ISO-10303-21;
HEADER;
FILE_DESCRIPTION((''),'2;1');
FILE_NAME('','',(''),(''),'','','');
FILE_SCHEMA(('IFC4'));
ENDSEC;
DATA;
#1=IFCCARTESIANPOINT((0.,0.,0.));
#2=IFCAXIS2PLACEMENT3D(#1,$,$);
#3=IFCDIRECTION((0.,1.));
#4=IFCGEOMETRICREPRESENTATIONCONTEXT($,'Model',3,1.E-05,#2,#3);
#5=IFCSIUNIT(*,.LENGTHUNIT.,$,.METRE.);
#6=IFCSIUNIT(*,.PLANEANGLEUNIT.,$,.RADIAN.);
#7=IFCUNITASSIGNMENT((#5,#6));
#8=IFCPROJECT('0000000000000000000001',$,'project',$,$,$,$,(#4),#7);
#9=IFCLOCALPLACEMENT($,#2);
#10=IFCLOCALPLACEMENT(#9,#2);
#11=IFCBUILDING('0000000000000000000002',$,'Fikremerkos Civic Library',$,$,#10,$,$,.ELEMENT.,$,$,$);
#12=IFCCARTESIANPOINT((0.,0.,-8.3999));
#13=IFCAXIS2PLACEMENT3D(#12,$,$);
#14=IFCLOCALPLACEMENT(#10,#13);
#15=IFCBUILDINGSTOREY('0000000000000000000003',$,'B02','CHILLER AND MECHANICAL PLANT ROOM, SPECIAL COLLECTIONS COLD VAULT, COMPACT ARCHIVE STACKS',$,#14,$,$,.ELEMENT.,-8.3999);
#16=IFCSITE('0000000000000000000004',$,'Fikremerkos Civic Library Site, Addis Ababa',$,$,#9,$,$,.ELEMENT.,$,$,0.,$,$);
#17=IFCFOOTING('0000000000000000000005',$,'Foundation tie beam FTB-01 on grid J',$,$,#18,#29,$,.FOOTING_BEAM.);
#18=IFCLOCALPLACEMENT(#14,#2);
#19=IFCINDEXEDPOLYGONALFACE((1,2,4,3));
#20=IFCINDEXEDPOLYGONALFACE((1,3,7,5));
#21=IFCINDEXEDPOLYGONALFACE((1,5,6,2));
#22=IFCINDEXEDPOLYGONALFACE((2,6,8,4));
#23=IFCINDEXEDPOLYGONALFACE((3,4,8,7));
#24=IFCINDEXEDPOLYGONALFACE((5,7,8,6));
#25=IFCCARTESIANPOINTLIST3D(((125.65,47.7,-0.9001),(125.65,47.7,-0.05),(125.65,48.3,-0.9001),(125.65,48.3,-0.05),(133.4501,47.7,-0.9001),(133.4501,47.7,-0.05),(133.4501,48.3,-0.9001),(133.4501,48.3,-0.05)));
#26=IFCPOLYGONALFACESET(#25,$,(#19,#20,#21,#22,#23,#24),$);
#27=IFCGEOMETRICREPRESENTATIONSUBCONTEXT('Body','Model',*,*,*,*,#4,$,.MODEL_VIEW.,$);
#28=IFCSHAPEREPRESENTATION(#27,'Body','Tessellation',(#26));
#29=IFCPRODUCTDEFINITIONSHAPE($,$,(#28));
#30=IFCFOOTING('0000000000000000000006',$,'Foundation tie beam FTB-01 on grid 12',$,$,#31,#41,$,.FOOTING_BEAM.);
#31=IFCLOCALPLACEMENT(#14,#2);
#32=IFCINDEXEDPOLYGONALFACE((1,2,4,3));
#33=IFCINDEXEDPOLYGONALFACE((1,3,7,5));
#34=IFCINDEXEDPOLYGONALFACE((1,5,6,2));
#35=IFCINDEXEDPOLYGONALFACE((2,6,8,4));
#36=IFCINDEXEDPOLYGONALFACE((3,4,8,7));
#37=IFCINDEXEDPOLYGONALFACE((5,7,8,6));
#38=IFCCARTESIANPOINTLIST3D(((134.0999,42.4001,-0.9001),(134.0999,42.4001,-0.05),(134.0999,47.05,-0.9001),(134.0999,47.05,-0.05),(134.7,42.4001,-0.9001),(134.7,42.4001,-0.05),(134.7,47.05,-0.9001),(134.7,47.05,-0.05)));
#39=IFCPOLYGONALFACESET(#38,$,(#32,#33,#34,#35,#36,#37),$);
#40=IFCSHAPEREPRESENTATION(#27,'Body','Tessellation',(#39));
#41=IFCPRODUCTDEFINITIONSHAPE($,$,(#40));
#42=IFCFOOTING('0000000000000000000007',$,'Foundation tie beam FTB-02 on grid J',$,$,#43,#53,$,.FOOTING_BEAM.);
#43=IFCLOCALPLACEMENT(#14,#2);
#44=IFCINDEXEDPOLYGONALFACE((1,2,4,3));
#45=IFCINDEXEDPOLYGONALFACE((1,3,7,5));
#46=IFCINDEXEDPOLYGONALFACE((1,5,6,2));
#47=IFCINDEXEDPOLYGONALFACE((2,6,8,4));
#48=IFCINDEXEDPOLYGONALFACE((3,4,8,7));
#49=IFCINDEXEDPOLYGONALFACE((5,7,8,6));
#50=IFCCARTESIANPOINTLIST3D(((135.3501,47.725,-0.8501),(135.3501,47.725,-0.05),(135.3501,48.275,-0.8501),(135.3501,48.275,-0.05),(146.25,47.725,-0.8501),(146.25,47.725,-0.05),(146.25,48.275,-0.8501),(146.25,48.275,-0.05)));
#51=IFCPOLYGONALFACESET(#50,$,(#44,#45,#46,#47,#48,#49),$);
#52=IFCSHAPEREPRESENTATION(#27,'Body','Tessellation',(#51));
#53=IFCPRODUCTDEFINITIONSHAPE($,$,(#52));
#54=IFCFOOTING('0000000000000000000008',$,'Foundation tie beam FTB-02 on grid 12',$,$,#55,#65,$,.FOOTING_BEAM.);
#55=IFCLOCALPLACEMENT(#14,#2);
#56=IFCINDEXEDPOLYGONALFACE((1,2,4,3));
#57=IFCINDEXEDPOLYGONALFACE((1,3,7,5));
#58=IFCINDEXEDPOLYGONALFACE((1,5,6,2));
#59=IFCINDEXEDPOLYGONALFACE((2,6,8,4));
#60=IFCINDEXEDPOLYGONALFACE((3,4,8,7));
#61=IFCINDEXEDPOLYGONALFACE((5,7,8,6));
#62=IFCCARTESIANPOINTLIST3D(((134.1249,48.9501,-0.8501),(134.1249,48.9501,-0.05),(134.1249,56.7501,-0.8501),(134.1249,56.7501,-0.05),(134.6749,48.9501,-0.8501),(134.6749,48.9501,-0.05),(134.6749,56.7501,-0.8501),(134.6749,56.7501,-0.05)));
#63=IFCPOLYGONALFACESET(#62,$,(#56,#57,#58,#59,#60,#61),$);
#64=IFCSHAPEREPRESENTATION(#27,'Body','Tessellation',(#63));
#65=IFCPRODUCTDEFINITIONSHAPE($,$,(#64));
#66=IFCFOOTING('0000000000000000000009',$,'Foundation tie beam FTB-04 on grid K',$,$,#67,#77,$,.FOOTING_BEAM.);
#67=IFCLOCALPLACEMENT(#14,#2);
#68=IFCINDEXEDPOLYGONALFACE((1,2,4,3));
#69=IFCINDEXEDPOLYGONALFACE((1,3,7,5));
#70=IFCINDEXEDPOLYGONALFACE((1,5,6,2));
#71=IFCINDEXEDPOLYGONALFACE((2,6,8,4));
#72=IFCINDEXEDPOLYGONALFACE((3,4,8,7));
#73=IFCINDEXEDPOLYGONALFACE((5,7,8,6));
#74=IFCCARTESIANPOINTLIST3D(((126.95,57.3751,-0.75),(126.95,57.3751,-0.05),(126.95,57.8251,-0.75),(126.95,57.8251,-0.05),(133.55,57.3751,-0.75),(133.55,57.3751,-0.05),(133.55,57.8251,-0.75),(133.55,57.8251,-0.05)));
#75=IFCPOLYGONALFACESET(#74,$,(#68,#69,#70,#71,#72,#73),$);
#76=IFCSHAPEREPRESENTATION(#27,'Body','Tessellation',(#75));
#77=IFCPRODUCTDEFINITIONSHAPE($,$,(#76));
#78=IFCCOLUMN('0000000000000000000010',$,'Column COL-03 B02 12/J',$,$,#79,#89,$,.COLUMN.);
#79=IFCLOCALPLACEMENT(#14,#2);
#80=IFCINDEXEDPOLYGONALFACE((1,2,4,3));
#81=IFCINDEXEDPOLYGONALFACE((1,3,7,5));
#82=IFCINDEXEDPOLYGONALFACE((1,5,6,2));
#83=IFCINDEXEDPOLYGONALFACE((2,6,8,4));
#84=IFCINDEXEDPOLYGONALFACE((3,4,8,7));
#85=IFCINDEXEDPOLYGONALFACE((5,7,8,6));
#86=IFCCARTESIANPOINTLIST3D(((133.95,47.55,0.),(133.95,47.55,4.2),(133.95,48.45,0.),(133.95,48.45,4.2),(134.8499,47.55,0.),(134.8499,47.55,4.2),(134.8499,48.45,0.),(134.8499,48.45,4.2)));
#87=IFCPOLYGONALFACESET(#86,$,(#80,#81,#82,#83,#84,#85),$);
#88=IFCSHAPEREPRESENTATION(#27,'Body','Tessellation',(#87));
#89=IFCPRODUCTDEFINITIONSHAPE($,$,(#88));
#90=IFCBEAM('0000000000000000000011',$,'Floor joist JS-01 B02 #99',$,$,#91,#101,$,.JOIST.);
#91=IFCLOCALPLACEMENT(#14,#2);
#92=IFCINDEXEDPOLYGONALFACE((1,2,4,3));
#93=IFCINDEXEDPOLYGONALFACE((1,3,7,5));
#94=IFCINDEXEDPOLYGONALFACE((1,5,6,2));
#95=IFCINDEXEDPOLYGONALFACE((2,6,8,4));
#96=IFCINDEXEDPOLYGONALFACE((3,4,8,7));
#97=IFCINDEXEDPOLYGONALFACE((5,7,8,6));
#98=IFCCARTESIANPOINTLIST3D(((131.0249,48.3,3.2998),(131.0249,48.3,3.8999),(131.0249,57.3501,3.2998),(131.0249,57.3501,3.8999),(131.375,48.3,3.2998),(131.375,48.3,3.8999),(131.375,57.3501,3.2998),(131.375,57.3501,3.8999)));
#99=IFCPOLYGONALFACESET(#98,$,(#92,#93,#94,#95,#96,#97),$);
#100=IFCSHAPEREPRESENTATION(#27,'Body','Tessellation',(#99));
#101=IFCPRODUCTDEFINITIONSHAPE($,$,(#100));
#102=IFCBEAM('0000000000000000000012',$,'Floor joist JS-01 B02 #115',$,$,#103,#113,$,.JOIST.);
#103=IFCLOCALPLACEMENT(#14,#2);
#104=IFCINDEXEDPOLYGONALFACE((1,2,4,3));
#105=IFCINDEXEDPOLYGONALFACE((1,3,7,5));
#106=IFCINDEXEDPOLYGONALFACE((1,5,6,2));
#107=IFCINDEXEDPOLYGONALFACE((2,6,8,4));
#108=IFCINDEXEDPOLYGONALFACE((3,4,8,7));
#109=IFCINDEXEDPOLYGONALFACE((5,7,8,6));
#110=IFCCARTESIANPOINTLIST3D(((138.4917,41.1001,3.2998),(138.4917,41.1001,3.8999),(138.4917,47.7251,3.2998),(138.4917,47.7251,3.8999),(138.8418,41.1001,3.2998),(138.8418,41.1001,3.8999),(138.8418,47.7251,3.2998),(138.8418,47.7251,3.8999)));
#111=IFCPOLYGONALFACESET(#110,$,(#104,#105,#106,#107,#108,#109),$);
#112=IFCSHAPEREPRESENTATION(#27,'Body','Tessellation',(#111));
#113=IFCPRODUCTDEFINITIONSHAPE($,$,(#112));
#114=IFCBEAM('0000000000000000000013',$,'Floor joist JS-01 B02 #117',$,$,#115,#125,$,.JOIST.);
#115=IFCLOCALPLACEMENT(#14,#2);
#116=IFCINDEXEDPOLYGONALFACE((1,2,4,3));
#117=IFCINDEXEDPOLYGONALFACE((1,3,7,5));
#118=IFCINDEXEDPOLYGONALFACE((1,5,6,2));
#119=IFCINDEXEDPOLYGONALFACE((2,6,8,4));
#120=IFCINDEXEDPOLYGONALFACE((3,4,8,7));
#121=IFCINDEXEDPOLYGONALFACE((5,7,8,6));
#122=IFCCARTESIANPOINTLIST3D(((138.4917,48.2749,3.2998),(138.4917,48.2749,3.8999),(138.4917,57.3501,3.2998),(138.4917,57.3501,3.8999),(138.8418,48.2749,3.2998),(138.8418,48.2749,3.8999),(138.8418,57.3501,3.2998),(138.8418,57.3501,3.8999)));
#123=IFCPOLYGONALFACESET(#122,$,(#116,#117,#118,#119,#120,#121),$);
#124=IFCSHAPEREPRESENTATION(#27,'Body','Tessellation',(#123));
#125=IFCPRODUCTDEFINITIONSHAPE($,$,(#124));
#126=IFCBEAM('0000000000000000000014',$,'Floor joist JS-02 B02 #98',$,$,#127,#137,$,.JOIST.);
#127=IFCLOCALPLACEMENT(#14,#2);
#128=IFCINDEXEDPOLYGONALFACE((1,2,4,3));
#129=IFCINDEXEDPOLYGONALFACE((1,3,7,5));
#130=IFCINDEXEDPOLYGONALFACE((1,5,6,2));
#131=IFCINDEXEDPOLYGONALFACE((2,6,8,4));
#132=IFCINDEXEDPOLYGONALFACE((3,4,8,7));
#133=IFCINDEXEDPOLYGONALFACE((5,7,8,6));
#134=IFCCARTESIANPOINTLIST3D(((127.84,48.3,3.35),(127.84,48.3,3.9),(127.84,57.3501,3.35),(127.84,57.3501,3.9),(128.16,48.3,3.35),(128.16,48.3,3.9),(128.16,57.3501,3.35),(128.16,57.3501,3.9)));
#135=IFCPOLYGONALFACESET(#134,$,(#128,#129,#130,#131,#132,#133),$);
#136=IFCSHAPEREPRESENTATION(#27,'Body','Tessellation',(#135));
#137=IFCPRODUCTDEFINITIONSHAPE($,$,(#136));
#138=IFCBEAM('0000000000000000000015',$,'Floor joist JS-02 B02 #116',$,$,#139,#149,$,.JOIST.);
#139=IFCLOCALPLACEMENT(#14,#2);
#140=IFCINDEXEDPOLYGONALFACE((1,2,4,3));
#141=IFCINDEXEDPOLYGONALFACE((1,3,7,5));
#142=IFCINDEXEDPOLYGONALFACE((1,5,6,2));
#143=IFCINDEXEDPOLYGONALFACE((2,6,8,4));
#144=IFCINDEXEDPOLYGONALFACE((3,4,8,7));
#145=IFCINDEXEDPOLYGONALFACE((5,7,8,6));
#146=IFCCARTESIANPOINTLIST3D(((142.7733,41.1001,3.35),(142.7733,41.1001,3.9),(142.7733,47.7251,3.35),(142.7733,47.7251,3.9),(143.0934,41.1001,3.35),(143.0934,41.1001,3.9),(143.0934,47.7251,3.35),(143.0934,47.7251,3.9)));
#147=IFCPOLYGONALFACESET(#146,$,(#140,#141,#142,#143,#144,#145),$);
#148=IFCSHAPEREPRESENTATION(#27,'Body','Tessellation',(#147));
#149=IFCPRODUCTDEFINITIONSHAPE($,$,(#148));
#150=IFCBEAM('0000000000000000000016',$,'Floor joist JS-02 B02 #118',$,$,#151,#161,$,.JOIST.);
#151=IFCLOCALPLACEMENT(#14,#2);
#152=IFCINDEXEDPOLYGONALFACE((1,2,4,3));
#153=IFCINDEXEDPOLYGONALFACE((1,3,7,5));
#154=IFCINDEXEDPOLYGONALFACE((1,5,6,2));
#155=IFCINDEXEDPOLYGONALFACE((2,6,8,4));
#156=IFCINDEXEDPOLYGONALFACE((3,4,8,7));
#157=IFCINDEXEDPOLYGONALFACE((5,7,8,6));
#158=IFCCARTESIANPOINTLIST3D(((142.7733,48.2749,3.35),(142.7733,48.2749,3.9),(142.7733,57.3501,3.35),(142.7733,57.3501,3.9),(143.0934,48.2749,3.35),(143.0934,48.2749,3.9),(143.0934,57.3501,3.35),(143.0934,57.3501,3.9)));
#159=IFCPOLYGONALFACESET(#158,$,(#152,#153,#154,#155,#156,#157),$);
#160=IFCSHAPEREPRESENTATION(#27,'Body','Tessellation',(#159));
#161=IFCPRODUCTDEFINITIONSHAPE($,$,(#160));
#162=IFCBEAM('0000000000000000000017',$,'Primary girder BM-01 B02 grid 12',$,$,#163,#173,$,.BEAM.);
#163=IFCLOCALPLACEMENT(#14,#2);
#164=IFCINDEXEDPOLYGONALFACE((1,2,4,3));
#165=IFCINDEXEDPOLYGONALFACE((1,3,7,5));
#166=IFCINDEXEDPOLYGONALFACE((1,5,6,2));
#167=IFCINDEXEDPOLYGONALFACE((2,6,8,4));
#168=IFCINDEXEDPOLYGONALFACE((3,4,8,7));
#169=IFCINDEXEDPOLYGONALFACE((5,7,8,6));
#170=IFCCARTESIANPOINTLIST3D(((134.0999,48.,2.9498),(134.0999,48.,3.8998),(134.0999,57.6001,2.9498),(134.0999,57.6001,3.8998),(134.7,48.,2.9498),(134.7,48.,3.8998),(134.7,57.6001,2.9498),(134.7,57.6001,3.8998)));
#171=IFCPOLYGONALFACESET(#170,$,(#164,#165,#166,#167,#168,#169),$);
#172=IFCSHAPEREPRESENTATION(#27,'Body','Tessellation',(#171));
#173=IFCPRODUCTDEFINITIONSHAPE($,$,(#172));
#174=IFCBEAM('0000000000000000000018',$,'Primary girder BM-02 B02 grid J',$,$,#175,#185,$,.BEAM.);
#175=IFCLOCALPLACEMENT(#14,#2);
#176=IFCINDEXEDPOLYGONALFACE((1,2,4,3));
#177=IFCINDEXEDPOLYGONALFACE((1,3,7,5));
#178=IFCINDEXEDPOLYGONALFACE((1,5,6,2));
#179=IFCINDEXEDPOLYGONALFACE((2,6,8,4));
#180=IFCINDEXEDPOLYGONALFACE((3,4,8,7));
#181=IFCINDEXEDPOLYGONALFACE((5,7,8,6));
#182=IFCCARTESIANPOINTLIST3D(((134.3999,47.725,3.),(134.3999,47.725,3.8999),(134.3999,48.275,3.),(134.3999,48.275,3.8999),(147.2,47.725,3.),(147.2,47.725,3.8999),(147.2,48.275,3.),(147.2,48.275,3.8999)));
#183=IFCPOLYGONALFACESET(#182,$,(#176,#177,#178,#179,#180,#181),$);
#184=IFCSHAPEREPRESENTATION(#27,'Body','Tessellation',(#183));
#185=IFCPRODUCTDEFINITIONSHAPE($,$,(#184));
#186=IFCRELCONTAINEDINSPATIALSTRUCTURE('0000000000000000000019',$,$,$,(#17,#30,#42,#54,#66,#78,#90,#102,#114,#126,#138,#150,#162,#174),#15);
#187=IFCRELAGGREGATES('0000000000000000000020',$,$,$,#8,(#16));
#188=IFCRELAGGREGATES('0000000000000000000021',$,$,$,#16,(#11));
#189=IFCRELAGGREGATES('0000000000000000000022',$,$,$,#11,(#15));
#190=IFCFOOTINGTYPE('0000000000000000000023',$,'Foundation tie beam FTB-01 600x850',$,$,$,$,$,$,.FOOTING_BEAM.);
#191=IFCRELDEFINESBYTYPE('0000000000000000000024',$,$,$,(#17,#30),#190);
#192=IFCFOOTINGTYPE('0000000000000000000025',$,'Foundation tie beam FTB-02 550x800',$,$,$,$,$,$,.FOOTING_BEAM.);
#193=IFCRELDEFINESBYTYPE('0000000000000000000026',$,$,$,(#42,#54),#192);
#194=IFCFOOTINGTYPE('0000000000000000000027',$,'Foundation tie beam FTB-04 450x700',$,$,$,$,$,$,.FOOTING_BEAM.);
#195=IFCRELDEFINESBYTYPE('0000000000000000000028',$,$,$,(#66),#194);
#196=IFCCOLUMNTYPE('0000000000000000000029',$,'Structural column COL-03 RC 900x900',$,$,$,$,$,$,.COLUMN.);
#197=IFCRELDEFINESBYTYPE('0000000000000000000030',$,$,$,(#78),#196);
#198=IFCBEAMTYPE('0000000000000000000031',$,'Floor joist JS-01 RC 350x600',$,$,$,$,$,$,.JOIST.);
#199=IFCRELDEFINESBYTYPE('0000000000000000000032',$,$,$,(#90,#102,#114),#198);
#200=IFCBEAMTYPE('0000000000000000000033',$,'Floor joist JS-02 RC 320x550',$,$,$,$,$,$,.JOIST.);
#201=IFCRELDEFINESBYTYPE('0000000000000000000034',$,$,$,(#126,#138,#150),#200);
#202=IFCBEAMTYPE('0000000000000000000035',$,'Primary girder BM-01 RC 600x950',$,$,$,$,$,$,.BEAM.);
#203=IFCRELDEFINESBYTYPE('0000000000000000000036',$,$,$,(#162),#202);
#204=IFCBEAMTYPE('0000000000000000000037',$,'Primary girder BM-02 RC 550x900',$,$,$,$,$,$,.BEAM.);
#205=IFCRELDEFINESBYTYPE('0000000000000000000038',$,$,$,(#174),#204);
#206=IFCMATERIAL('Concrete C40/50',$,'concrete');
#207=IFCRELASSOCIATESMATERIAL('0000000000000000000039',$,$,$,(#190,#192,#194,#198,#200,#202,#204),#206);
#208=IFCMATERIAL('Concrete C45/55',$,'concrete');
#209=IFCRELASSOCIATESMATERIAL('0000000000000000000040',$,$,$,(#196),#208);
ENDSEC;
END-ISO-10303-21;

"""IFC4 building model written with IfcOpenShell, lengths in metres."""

from ifc_helpers import new_model, si_unit, direction, frame, origin, origin_2d, place, context, subcontext, project, spatial, rectangle, extrude, material, material_profile, profile_set, type_object, element, save


model = new_model("IFC4")

# Units and contexts
model_context = context("Model", 3, precision=1e-05, world=origin(), true_north=direction((0.0, 1.0)))
body_context = subcontext(model_context, "Body", "Model", "MODEL_VIEW")
ifc_project = project(units=[si_unit("LENGTHUNIT", "METRE"), si_unit("PLANEANGLEUNIT", "RADIAN")], contexts=[model_context])

# Site, building, storey
site_placement = place(None, origin())
site = spatial("IfcSite", under=ifc_project, at=site_placement, Name="Fikremerkos Civic Library Site, Addis Ababa", CompositionType="ELEMENT", RefElevation=0.0)
building_placement = place(site_placement, origin())
building = spatial("IfcBuilding", under=site, at=building_placement, Name="Fikremerkos Civic Library", CompositionType="ELEMENT")
storey_placement = place(building_placement, frame((0.0, 0.0, -8.3999)))
storey = spatial("IfcBuildingStorey", under=building, at=storey_placement, Name="B02", Description="CHILLER AND MECHANICAL PLANT ROOM, SPECIAL COLLECTIONS COLD VAULT, COMPACT ARCHIVE STACKS", CompositionType="ELEMENT", Elevation=-8.3999)

# Footings
ifc_material_1 = material(Name="Concrete C40/50", Category="concrete")
footing_type_1 = type_object("IfcFootingType", Name="Foundation tie beam FTB-01 600x850", PredefinedType="FOOTING_BEAM", material=ifc_material_1)
footing_1_placement = place(storey_placement, frame((129.55, 48.0, -0.9001), z_axis=(0.0, 0.0, 1.0), x_axis=(1.0, 0.0, 0.0)))
element("IfcFooting", 1, at=footing_1_placement, inside=storey, type_object=footing_type_1, Name="Foundation tie beam FTB-01 on grid J", PredefinedType="FOOTING_BEAM", context=body_context, shape_type="SweptSolid", body=[
    extrude(rectangle(XDim=7.8, YDim=0.6001, at=origin_2d()), origin(), (0.0, 0.0, 1.0), 0.8501),
])
footing_2_placement = place(storey_placement, frame((134.3999, 44.7251, -0.9001), z_axis=(0.0, 0.0, 1.0), x_axis=(0.0, 1.0, 0.0)))
element("IfcFooting", 2, at=footing_2_placement, inside=storey, type_object=footing_type_1, Name="Foundation tie beam FTB-01 on grid 12", PredefinedType="FOOTING_BEAM", context=body_context, shape_type="SweptSolid", body=[
    extrude(rectangle(XDim=4.6499, YDim=0.6001, at=origin_2d()), origin(), (0.0, 0.0, 1.0), 0.8501),
])
footing_type_2 = type_object("IfcFootingType", Name="Foundation tie beam FTB-02 550x800", PredefinedType="FOOTING_BEAM", material=ifc_material_1)
footing_3_placement = place(storey_placement, frame((140.8, 48.0, -0.8501), z_axis=(0.0, 0.0, 1.0), x_axis=(1.0, 0.0, 0.0)))
element("IfcFooting", 3, at=footing_3_placement, inside=storey, type_object=footing_type_2, Name="Foundation tie beam FTB-02 on grid J", PredefinedType="FOOTING_BEAM", context=body_context, shape_type="SweptSolid", body=[
    extrude(rectangle(XDim=10.8999, YDim=0.55, at=origin_2d()), origin(), (0.0, 0.0, 1.0), 0.8),
])
footing_4_placement = place(storey_placement, frame((134.3999, 52.8501, -0.8501), z_axis=(0.0, 0.0, 1.0), x_axis=(0.0, 1.0, 0.0)))
element("IfcFooting", 4, at=footing_4_placement, inside=storey, type_object=footing_type_2, Name="Foundation tie beam FTB-02 on grid 12", PredefinedType="FOOTING_BEAM", context=body_context, shape_type="SweptSolid", body=[
    extrude(rectangle(XDim=7.8, YDim=0.55, at=origin_2d()), origin(), (0.0, 0.0, 1.0), 0.8),
])
footing_type_3 = type_object("IfcFootingType", Name="Foundation tie beam FTB-04 450x700", PredefinedType="FOOTING_BEAM", material=ifc_material_1)
footing_5_placement = place(storey_placement, frame((130.25, 57.6001, -0.75), z_axis=(0.0, 0.0, 1.0), x_axis=(1.0, 0.0, 0.0)))
element("IfcFooting", 5, at=footing_5_placement, inside=storey, type_object=footing_type_3, Name="Foundation tie beam FTB-04 on grid K", PredefinedType="FOOTING_BEAM", context=body_context, shape_type="SweptSolid", body=[
    extrude(rectangle(XDim=6.6001, YDim=0.45, at=origin_2d()), origin(), (0.0, 0.0, 1.0), 0.7),
])

# Column
ifc_material_2 = material(Name="Concrete C45/55", Category="concrete")
ifc_material_profile_1 = material_profile(ifc_material_2, rectangle(XDim=0.8999, YDim=0.8999, at=origin_2d()), Name="RC 900x900")
ifc_profile_set_1 = profile_set([ifc_material_profile_1], Name="Concrete C45/55")
column_type = type_object("IfcColumnType", Name="Structural column COL-03 RC 900x900", PredefinedType="COLUMN", material=ifc_profile_set_1)
column_placement = place(storey_placement, frame((134.3999, 48.0, 0.0), z_axis=(0.0, 0.0, 1.0), x_axis=(1.0, 0.0, 0.0)))
element("IfcColumn", 6, at=column_placement, inside=storey, type_object=column_type, Name="Column COL-03 B02 12/J", PredefinedType="COLUMN", context=body_context, shape_type="SweptSolid", body=[
    extrude(rectangle(XDim=0.8999, YDim=0.8999, at=origin_2d()), origin(), (0.0, 0.0, 1.0), 4.2),
])

# Beams
ifc_material_profile_2 = material_profile(ifc_material_1, rectangle(XDim=0.3501, YDim=0.6001, at=origin_2d()), Name="RC 350x600")
ifc_profile_set_2 = profile_set([ifc_material_profile_2], Name="Concrete C40/50")
beam_type_1 = type_object("IfcBeamType", Name="Floor joist JS-01 RC 350x600", PredefinedType="JOIST", material=ifc_profile_set_2)
beam_1_placement = place(storey_placement, frame((131.2, 48.3, 3.5999), z_axis=(0.0, 1.0, 0.0), x_axis=(-1.0, 0.0, 0.0)))
element("IfcBeam", 7, at=beam_1_placement, inside=storey, type_object=beam_type_1, Name="Floor joist JS-01 B02 #99", PredefinedType="JOIST", context=body_context, shape_type="SweptSolid", body=[
    extrude(rectangle(XDim=0.3501, YDim=0.6001, at=origin_2d()), origin(), (0.0, 0.0, 1.0), 9.05),
])
beam_2_placement = place(storey_placement, frame((138.6667, 41.1001, 3.5999), z_axis=(0.0, 1.0, 0.0), x_axis=(-1.0, 0.0, 0.0)))
element("IfcBeam", 8, at=beam_2_placement, inside=storey, type_object=beam_type_1, Name="Floor joist JS-01 B02 #115", PredefinedType="JOIST", context=body_context, shape_type="SweptSolid", body=[
    extrude(rectangle(XDim=0.3501, YDim=0.6001, at=origin_2d()), origin(), (0.0, 0.0, 1.0), 6.625),
])
beam_3_placement = place(storey_placement, frame((138.6667, 48.2749, 3.5999), z_axis=(0.0, 1.0, 0.0), x_axis=(-1.0, 0.0, 0.0)))
element("IfcBeam", 9, at=beam_3_placement, inside=storey, type_object=beam_type_1, Name="Floor joist JS-01 B02 #117", PredefinedType="JOIST", context=body_context, shape_type="SweptSolid", body=[
    extrude(rectangle(XDim=0.3501, YDim=0.6001, at=origin_2d()), origin(), (0.0, 0.0, 1.0), 9.0752),
])
ifc_material_profile_3 = material_profile(ifc_material_1, rectangle(XDim=0.3201, YDim=0.55, at=origin_2d()), Name="RC 320x550")
ifc_profile_set_3 = profile_set([ifc_material_profile_3], Name="Concrete C40/50")
beam_type_2 = type_object("IfcBeamType", Name="Floor joist JS-02 RC 320x550", PredefinedType="JOIST", material=ifc_profile_set_3)
beam_4_placement = place(storey_placement, frame((128.0, 48.3, 3.625), z_axis=(0.0, 1.0, 0.0), x_axis=(-1.0, 0.0, 0.0)))
element("IfcBeam", 10, at=beam_4_placement, inside=storey, type_object=beam_type_2, Name="Floor joist JS-02 B02 #98", PredefinedType="JOIST", context=body_context, shape_type="SweptSolid", body=[
    extrude(rectangle(XDim=0.3201, YDim=0.55, at=origin_2d()), origin(), (0.0, 0.0, 1.0), 9.05),
])
beam_5_placement = place(storey_placement, frame((142.9333, 41.1001, 3.625), z_axis=(0.0, 1.0, 0.0), x_axis=(-1.0, 0.0, 0.0)))
element("IfcBeam", 11, at=beam_5_placement, inside=storey, type_object=beam_type_2, Name="Floor joist JS-02 B02 #116", PredefinedType="JOIST", context=body_context, shape_type="SweptSolid", body=[
    extrude(rectangle(XDim=0.3201, YDim=0.55, at=origin_2d()), origin(), (0.0, 0.0, 1.0), 6.625),
])
beam_6_placement = place(storey_placement, frame((142.9333, 48.2749, 3.625), z_axis=(0.0, 1.0, 0.0), x_axis=(-1.0, 0.0, 0.0)))
element("IfcBeam", 12, at=beam_6_placement, inside=storey, type_object=beam_type_2, Name="Floor joist JS-02 B02 #118", PredefinedType="JOIST", context=body_context, shape_type="SweptSolid", body=[
    extrude(rectangle(XDim=0.3201, YDim=0.55, at=origin_2d()), origin(), (0.0, 0.0, 1.0), 9.0752),
])
ifc_material_profile_4 = material_profile(ifc_material_1, rectangle(XDim=0.6001, YDim=0.95, at=origin_2d()), Name="RC 600x950")
ifc_profile_set_4 = profile_set([ifc_material_profile_4], Name="Concrete C40/50")
beam_type_3 = type_object("IfcBeamType", Name="Primary girder BM-01 RC 600x950", PredefinedType="BEAM", material=ifc_profile_set_4)
beam_7_placement = place(storey_placement, frame((134.3999, 48.0, 3.4248), z_axis=(0.0, 1.0, 0.0), x_axis=(-1.0, 0.0, 0.0)))
element("IfcBeam", 13, at=beam_7_placement, inside=storey, type_object=beam_type_3, Name="Primary girder BM-01 B02 grid 12", PredefinedType="BEAM", context=body_context, shape_type="SweptSolid", body=[
    extrude(rectangle(XDim=0.6001, YDim=0.95, at=origin_2d()), origin(), (0.0, 0.0, 1.0), 9.6001),
])
ifc_material_profile_5 = material_profile(ifc_material_1, rectangle(XDim=0.55, YDim=0.8999, at=origin_2d()), Name="RC 550x900")
ifc_profile_set_5 = profile_set([ifc_material_profile_5], Name="Concrete C40/50")
beam_type_4 = type_object("IfcBeamType", Name="Primary girder BM-02 RC 550x900", PredefinedType="BEAM", material=ifc_profile_set_5)
beam_8_placement = place(storey_placement, frame((134.3999, 48.0, 3.45), z_axis=(1.0, 0.0, 0.0), x_axis=(0.0, 1.0, 0.0)))
element("IfcBeam", 14, at=beam_8_placement, inside=storey, type_object=beam_type_4, Name="Primary girder BM-02 B02 grid J", PredefinedType="BEAM", context=body_context, shape_type="SweptSolid", body=[
    extrude(rectangle(XDim=0.55, YDim=0.8999, at=origin_2d()), origin(), (0.0, 0.0, 1.0), 12.8),
])

save(model, "model.ifc")
